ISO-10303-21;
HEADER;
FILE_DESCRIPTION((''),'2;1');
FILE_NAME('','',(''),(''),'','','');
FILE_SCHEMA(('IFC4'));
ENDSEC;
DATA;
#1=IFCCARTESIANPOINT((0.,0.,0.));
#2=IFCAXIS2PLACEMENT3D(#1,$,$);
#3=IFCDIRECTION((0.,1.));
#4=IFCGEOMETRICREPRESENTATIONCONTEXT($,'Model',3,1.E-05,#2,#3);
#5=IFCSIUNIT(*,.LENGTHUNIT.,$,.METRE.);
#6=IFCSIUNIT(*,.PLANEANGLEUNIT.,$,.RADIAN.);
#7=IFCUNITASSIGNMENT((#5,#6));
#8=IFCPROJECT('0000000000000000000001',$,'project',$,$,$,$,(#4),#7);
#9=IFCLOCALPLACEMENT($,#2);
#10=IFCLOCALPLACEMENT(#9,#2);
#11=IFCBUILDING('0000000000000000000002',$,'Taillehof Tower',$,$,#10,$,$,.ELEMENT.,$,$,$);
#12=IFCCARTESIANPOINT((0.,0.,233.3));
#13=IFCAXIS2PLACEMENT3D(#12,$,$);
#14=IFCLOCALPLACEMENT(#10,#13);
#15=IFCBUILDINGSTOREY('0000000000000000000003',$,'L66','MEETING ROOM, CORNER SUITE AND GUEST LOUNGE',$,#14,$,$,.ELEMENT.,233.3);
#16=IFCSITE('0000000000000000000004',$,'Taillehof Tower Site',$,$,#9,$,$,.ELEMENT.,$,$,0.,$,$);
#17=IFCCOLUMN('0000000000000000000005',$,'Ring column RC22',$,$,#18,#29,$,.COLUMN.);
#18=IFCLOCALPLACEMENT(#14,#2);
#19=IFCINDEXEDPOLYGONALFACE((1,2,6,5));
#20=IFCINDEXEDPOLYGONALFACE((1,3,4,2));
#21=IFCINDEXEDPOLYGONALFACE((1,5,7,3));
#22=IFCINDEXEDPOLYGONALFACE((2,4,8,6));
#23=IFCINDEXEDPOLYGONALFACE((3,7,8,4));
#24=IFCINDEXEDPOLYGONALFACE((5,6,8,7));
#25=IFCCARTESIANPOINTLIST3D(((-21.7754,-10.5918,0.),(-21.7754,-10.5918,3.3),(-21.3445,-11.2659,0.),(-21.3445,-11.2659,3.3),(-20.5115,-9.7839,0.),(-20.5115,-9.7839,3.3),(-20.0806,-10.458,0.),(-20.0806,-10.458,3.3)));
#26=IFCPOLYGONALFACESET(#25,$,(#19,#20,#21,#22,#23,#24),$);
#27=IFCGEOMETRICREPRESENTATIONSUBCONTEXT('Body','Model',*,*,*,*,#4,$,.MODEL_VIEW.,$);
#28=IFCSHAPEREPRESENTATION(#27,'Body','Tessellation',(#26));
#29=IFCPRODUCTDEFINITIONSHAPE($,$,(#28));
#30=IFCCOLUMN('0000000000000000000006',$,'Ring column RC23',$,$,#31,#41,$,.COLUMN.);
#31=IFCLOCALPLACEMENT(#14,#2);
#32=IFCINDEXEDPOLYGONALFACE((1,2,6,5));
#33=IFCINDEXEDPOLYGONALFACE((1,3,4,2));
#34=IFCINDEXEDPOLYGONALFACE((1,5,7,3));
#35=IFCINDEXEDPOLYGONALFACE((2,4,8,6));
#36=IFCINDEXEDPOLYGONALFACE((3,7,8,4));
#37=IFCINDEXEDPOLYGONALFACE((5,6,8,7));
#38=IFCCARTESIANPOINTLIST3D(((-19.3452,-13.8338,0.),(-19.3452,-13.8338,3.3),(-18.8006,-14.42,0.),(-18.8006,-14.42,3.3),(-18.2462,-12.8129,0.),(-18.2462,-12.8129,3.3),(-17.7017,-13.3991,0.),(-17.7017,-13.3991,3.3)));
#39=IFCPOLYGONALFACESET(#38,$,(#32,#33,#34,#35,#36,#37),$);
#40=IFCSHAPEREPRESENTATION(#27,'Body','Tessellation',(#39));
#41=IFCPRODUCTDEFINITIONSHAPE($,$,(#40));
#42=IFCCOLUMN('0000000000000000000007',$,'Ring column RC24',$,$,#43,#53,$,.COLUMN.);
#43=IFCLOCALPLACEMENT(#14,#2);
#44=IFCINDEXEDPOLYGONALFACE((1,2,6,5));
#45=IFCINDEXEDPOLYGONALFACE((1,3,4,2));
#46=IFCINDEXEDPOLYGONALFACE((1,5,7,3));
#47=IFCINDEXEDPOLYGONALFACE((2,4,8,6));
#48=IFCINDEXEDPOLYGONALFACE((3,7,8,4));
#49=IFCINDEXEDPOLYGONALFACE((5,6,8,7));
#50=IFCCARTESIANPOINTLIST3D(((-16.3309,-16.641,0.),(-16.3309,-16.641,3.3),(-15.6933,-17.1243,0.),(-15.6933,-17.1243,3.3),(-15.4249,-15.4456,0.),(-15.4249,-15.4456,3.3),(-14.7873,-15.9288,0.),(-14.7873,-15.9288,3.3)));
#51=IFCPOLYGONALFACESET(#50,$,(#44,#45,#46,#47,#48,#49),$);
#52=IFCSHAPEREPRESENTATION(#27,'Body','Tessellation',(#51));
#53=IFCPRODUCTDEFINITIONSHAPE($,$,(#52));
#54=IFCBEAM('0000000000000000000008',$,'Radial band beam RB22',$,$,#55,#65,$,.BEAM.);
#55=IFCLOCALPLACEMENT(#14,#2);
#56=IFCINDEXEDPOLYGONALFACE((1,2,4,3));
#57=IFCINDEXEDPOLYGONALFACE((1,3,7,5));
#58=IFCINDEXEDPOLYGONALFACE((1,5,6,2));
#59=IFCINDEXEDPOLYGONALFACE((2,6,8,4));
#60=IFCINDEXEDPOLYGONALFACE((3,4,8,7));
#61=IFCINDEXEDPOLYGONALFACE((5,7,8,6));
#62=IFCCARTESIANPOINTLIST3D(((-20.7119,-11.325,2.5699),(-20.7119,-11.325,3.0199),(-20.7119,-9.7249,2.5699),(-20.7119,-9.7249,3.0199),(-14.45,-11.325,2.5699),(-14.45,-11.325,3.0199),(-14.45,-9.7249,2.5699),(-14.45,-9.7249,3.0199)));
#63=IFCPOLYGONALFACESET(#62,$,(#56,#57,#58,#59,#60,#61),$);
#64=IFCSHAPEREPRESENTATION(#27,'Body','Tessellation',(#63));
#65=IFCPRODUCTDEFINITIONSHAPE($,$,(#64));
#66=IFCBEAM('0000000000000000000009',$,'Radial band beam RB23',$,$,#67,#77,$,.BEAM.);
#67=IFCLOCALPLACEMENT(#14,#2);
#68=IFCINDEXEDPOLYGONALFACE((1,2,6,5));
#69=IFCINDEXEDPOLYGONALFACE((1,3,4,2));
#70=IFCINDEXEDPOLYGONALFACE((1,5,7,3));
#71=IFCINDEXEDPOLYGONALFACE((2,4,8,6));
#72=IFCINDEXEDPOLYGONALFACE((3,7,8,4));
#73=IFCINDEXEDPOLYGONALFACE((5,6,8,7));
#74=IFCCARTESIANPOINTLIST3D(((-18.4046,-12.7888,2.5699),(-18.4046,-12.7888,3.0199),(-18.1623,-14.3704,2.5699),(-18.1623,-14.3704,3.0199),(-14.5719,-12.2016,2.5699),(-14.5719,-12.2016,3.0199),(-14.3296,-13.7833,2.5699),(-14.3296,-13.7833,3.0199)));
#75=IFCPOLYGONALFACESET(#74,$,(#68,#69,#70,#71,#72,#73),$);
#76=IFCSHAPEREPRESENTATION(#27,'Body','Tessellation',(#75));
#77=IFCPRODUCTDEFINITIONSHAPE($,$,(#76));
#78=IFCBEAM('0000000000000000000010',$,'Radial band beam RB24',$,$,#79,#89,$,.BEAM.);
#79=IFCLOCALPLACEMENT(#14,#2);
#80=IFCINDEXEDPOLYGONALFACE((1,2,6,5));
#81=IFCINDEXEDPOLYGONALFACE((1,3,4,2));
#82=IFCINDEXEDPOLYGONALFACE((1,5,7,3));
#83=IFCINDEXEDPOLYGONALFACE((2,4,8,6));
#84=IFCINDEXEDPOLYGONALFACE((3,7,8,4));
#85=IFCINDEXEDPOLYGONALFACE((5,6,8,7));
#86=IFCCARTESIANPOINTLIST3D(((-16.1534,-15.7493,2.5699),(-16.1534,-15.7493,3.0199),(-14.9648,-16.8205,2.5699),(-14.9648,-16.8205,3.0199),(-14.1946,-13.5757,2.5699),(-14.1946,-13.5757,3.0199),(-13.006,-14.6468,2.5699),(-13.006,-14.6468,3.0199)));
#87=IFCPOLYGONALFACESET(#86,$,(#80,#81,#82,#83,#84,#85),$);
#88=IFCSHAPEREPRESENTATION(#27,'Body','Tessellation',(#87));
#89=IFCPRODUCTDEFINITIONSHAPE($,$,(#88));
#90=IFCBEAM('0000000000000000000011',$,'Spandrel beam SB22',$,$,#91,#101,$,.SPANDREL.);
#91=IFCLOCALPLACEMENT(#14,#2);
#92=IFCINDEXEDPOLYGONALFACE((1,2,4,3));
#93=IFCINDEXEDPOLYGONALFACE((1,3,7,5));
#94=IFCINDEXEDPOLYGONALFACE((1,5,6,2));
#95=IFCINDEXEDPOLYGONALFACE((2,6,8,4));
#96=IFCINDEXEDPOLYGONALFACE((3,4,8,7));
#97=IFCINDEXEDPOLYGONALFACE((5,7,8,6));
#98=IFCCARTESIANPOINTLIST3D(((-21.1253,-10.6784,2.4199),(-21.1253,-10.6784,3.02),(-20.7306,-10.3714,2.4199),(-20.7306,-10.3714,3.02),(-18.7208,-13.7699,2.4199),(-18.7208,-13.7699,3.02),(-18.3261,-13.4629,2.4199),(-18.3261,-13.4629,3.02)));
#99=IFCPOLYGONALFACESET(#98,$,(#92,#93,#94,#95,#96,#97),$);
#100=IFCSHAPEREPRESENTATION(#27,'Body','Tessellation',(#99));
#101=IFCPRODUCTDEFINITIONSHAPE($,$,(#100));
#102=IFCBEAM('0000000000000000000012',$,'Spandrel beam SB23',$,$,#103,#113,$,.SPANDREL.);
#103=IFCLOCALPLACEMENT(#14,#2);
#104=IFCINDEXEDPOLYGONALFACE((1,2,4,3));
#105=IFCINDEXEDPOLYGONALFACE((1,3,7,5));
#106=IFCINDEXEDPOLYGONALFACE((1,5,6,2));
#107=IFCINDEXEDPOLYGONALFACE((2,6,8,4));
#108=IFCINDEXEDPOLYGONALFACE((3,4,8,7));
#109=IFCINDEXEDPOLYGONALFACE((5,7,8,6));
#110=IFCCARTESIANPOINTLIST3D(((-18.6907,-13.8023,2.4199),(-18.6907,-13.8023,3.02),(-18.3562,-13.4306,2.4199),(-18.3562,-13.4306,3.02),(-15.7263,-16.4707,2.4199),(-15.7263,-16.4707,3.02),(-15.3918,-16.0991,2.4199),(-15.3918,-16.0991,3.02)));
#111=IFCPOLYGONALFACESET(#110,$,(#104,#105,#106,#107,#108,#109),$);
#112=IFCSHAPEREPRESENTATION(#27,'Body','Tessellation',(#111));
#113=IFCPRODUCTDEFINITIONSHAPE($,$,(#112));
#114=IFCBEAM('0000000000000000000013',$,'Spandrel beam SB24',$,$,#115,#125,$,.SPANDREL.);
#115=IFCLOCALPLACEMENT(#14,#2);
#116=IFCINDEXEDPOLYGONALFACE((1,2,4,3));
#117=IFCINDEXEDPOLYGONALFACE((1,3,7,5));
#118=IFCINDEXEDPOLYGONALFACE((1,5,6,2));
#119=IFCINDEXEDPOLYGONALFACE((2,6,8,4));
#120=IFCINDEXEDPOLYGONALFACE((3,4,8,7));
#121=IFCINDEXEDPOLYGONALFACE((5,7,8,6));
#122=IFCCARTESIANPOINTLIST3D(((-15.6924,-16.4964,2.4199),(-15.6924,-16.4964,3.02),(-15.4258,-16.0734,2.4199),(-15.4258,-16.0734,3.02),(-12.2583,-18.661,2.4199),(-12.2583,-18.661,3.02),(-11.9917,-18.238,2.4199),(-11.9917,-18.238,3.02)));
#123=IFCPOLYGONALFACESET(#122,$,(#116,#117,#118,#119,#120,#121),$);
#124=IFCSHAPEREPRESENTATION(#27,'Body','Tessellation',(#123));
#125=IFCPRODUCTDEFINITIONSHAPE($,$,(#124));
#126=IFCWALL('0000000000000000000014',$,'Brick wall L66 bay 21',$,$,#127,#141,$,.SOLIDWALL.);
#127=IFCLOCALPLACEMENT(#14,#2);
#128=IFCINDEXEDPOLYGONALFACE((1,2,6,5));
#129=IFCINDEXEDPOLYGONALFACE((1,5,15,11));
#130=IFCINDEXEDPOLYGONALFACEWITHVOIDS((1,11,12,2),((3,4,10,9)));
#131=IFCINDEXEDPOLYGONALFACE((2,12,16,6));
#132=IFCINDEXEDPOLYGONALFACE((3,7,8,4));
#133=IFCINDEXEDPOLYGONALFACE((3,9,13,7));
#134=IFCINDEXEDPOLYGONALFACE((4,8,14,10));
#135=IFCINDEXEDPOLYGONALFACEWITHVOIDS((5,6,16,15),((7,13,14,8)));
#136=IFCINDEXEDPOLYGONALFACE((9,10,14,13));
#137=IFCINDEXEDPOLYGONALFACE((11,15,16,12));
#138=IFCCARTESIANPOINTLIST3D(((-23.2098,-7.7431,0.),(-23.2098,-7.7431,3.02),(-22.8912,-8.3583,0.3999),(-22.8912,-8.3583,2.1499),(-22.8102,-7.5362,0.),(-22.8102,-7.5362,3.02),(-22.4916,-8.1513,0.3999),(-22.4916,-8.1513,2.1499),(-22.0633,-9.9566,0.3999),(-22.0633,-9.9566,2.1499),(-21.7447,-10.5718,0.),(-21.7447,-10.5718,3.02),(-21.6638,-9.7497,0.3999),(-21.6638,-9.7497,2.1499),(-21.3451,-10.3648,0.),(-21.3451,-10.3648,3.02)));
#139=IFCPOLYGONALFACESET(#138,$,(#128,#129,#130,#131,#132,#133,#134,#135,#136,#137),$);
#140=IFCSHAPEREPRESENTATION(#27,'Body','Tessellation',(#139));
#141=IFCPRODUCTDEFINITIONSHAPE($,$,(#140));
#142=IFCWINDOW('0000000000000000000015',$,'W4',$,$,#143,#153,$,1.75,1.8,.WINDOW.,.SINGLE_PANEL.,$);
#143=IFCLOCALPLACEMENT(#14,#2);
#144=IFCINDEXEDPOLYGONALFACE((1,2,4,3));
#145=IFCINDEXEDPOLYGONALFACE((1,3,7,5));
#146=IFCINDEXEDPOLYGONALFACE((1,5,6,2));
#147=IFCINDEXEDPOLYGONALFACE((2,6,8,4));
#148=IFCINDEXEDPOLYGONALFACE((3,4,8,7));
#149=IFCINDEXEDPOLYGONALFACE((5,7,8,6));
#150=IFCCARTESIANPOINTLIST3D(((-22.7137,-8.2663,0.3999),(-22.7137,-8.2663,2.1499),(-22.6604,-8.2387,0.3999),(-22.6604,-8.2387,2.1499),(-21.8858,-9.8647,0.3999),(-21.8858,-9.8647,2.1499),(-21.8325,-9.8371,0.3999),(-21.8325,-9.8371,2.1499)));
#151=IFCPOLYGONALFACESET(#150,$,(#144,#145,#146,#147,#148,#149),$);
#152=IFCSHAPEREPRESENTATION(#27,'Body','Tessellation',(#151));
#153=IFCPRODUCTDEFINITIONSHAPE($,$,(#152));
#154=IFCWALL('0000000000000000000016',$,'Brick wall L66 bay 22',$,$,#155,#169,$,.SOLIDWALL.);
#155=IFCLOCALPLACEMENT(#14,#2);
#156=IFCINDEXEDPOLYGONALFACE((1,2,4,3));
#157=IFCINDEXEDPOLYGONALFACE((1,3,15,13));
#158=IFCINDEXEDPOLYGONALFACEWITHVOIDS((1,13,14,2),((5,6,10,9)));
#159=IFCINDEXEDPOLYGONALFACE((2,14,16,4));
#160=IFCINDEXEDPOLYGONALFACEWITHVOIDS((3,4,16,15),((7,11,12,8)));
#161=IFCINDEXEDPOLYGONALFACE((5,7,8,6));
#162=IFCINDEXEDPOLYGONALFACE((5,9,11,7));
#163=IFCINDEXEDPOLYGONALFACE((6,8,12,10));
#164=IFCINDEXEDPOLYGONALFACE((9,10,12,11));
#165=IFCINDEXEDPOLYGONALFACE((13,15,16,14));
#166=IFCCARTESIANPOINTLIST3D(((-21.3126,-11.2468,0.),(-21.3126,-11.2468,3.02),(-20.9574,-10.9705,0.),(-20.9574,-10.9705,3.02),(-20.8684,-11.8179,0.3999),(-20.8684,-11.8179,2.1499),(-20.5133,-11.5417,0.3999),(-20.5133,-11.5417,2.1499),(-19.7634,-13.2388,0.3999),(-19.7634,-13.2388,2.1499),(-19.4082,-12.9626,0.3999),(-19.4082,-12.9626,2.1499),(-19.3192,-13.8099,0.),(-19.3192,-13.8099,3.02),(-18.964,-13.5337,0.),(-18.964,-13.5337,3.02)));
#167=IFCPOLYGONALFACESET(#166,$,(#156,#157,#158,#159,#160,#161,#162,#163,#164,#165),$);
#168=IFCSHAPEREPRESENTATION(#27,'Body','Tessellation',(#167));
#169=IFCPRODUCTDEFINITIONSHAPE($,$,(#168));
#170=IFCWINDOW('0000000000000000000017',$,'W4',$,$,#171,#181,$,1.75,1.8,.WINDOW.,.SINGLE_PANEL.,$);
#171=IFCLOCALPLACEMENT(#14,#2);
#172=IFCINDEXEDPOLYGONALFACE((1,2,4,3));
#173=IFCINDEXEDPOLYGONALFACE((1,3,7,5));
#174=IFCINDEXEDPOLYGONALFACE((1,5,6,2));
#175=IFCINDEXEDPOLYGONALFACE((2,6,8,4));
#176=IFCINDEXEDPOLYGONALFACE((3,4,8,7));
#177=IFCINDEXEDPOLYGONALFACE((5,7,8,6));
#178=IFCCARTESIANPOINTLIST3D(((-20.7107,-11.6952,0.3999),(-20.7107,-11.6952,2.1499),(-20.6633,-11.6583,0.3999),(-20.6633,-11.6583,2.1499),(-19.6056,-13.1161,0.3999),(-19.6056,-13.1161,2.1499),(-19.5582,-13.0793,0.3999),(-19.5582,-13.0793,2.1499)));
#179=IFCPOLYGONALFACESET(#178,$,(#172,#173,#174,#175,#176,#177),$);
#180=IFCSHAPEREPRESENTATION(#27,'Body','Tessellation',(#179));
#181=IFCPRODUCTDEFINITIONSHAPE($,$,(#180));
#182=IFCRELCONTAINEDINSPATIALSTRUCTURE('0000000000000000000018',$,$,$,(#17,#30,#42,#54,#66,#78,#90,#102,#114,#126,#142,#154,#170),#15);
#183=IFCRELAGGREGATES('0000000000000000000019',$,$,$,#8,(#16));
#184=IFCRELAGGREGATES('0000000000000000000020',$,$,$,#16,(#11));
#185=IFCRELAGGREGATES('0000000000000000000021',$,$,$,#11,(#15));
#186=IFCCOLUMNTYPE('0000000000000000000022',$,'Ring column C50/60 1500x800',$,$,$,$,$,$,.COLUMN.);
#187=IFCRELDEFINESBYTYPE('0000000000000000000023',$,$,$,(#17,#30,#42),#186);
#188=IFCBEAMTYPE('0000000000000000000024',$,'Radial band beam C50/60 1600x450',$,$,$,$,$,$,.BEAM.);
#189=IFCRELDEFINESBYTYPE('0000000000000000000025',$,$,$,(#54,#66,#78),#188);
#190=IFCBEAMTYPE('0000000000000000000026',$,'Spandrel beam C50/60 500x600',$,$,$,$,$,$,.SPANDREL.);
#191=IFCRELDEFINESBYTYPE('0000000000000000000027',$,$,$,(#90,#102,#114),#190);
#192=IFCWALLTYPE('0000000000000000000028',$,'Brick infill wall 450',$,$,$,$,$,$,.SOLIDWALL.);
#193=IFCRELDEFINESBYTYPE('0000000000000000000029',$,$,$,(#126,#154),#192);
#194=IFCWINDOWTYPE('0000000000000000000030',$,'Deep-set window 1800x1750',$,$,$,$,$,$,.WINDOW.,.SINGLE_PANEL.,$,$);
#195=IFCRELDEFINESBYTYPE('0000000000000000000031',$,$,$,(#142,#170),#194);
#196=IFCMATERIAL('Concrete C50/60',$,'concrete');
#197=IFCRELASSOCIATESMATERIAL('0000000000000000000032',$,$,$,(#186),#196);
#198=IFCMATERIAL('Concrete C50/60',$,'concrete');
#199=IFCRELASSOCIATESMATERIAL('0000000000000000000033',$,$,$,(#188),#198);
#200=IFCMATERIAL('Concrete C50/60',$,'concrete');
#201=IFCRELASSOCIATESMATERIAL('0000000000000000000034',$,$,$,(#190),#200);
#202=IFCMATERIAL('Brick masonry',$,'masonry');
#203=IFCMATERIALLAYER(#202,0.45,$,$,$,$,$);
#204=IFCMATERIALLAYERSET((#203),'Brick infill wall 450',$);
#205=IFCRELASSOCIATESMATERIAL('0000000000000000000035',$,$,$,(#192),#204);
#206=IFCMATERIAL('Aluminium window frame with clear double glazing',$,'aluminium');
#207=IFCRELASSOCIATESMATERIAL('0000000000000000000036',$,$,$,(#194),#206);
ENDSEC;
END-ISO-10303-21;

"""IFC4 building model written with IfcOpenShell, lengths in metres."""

from ifc_helpers import new_model, si_unit, direction, frame, frame_2d, origin, origin_2d, place, context, subcontext, project, spatial, rectangle, extrude, material, layer, layer_set, material_profile, profile_set, type_object, element, fill, save


model = new_model("IFC4")

# Units and contexts
model_context = context("Model", 3, precision=1e-05, world=origin(), true_north=direction((0.0, 1.0)))
body_context = subcontext(model_context, "Body", "Model", "MODEL_VIEW")
ifc_project = project(units=[si_unit("LENGTHUNIT", "METRE"), si_unit("PLANEANGLEUNIT", "RADIAN")], contexts=[model_context])

# Site, building, storey
site_placement = place(None, origin())
site = spatial("IfcSite", under=ifc_project, at=site_placement, Name="Taillehof Tower Site", CompositionType="ELEMENT", RefElevation=0.0)
building_placement = place(site_placement, origin())
building = spatial("IfcBuilding", under=site, at=building_placement, Name="Taillehof Tower", CompositionType="ELEMENT")
storey_placement = place(building_placement, frame((0.0, 0.0, 233.3)))
storey = spatial("IfcBuildingStorey", under=building, at=storey_placement, Name="L66", Description="MEETING ROOM, CORNER SUITE AND GUEST LOUNGE", CompositionType="ELEMENT", Elevation=233.3)

# Columns
ifc_material_1 = material(Name="Concrete C50/60", Category="concrete")
ifc_material_profile_1 = material_profile(ifc_material_1, rectangle(XDim=1.5, YDim=0.8, at=origin_2d()), Name="RC 1500x800")
ifc_profile_set_1 = profile_set([ifc_material_profile_1], Name="Concrete C50/60")
column_type = type_object("IfcColumnType", Name="Ring column C50/60 1500x800", PredefinedType="COLUMN", material=ifc_profile_set_1)
for number, where, z_axis, x_axis, name in (
    (1, (-20.928, -10.5249, 0.0), (0.0, 0.0, 1.0), (-0.842574, -0.538581, 0.0), "Ring column RC22"),
    (2, (-18.5234, -13.6165, 0.0), (0.0, 0.0, 1.0), (-0.732636, -0.680621, 0.0), "Ring column RC23"),
    (3, (-15.5591, -16.2849, 0.0), (0.0, 0.0, 1.0), (-0.60402, -0.796969, 0.0), "Ring column RC24"),
):
    element("IfcColumn", number, at=place(storey_placement, frame(where, z_axis=z_axis, x_axis=x_axis)), inside=storey, type_object=column_type, Name=name, PredefinedType="COLUMN", context=body_context, shape_type="SweptSolid", body=[
        extrude(rectangle(XDim=1.5, YDim=0.8, at=origin_2d()), origin(), (0.0, 0.0, 1.0), 3.3),
    ])

# Beams
ifc_material_2 = material(Name="Concrete C50/60", Category="concrete")
ifc_material_profile_2 = material_profile(ifc_material_2, rectangle(XDim=1.6001, YDim=0.45, at=origin_2d()), Name="RC 1600x450")
ifc_profile_set_2 = profile_set([ifc_material_profile_2], Name="Concrete C50/60")
beam_type_1 = type_object("IfcBeamType", Name="Radial band beam C50/60 1600x450", PredefinedType="BEAM", material=ifc_profile_set_2)
beam_1_placement = place(storey_placement, frame((-20.7119, -10.5249, 2.7949), z_axis=(1.0, 0.0, 0.0), x_axis=(0.0, 1.0, 0.0)))
element("IfcBeam", 4, at=beam_1_placement, inside=storey, type_object=beam_type_1, Name="Radial band beam RB22", PredefinedType="BEAM", context=body_context, shape_type="SweptSolid", body=[
    extrude(rectangle(XDim=1.6001, YDim=0.45, at=origin_2d()), origin(), (0.0, 0.0, 1.0), 6.262),
])
beam_2_placement = place(storey_placement, frame((-18.2834, -13.5796, 2.7949), z_axis=(0.988468, 0.151428, 0.0), x_axis=(-0.151428, 0.988468, 0.0)))
element("IfcBeam", 5, at=beam_2_placement, inside=storey, type_object=beam_type_1, Name="Radial band beam RB23", PredefinedType="BEAM", context=body_context, shape_type="SweptSolid", body=[
    extrude(rectangle(XDim=1.6001, YDim=0.45, at=origin_2d()), origin(), (0.0, 0.0, 1.0), 3.8774),
])
beam_3_placement = place(storey_placement, frame((-15.5591, -16.2849, 2.7949), z_axis=(0.669439, 0.742867, 0.0), x_axis=(-0.742867, 0.669439, 0.0)))
element("IfcBeam", 6, at=beam_3_placement, inside=storey, type_object=beam_type_1, Name="Radial band beam RB24", PredefinedType="BEAM", context=body_context, shape_type="SweptSolid", body=[
    extrude(rectangle(XDim=1.6001, YDim=0.45, at=origin_2d()), origin(), (0.0, 0.0, 1.0), 2.926),
])
ifc_material_3 = material(Name="Concrete C50/60", Category="concrete")
ifc_material_profile_3 = material_profile(ifc_material_3, rectangle(XDim=0.5, YDim=0.6001, at=origin_2d()), Name="RC 500x600")
ifc_profile_set_3 = profile_set([ifc_material_profile_3], Name="Concrete C50/60")
beam_type_2 = type_object("IfcBeamType", Name="Spandrel beam C50/60 500x600", PredefinedType="SPANDREL", material=ifc_profile_set_3)
beam_4_placement = place(storey_placement, frame((-20.928, -10.5249, 2.72), z_axis=(0.613941, -0.789352, 0.0), x_axis=(0.789352, 0.613941, 0.0)))
element("IfcBeam", 7, at=beam_4_placement, inside=storey, type_object=beam_type_2, Name="Spandrel beam SB22", PredefinedType="SPANDREL", context=body_context, shape_type="SweptSolid", body=[
    extrude(rectangle(XDim=0.5, YDim=0.6001, at=origin_2d()), origin(), (0.0, 0.0, 1.0), 3.9165),
])
beam_5_placement = place(storey_placement, frame((-18.5234, -13.6165, 2.72), z_axis=(0.743227, -0.669039, 0.0), x_axis=(0.669039, 0.743227, 0.0)))
element("IfcBeam", 8, at=beam_5_placement, inside=storey, type_object=beam_type_2, Name="Spandrel beam SB23", PredefinedType="SPANDREL", context=body_context, shape_type="SweptSolid", body=[
    extrude(rectangle(XDim=0.5, YDim=0.6001, at=origin_2d()), origin(), (0.0, 0.0, 1.0), 3.9885),
])
beam_6_placement = place(storey_placement, frame((-15.5591, -16.2849, 2.72), z_axis=(0.845972, -0.533228, 0.0), x_axis=(0.533228, 0.845972, 0.0)))
element("IfcBeam", 9, at=beam_6_placement, inside=storey, type_object=beam_type_2, Name="Spandrel beam SB24", PredefinedType="SPANDREL", context=body_context, shape_type="SweptSolid", body=[
    extrude(rectangle(XDim=0.5, YDim=0.6001, at=origin_2d()), origin(), (0.0, 0.0, 1.0), 4.0593),
])

# Walls, openings, windows
ifc_material_4 = material(Name="Brick masonry", Category="masonry")
ifc_layer_1 = layer(ifc_material_4, 0.45)
ifc_layer_set_1 = layer_set([ifc_layer_1], Name="Brick infill wall 450")
wall_type_1 = type_object("IfcWallType", Name="Brick infill wall 450", PredefinedType="SOLIDWALL", material=ifc_layer_set_1)
wall_1_placement = place(storey_placement, frame((-23.01, -7.6396, 0.0), z_axis=(0.0, 0.0, 1.0), x_axis=(0.459921, -0.88796, 0.0)))
wall_1 = element("IfcWall", 10, at=wall_1_placement, inside=storey, type_object=wall_type_1, Name="Brick wall L66 bay 21", PredefinedType="SOLIDWALL", context=body_context, shape_type="SweptSolid", body=[
    extrude(rectangle(XDim=3.1855, YDim=0.45, at=frame_2d((1.5928, 0.0))), origin(), (0.0, 0.0, 1.0), 3.02),
])
opening_1_placement = place(wall_1_placement, frame((0.6929, 0.0, 0.3999)))
opening_1 = element("IfcOpeningElement", 11, at=opening_1_placement, cuts=wall_1, PredefinedType="OPENING", context=body_context, shape_type="SweptSolid", body=[
    extrude(rectangle(XDim=1.8, YDim=1.75, at=frame_2d((0.8999, 0.875))), frame((0.0, 0.2349, 0.0), z_axis=(0.0, -1.0, 0.0), x_axis=(1.0, 0.0, 0.0)), (0.0, 0.0, 1.0), 0.47),
])
ifc_material_5 = material(Name="Aluminium window frame with clear double glazing", Category="aluminium")
window_type = type_object("IfcWindowType", Name="Deep-set window 1800x1750", PartitioningType="SINGLE_PANEL", PredefinedType="WINDOW", material=ifc_material_5)
window_1_placement = place(opening_1_placement, origin())
window_1 = element("IfcWindow", 12, at=window_1_placement, inside=storey, type_object=window_type, Name="W4", OverallHeight=1.75, OverallWidth=1.8, PartitioningType="SINGLE_PANEL", PredefinedType="WINDOW", context=body_context, shape_type="SweptSolid", body=[
    extrude(rectangle(XDim=1.8, YDim=1.75, at=frame_2d((0.8999, 0.875))), frame((0.0, 0.0349, 0.0), z_axis=(0.0, -1.0, 0.0), x_axis=(1.0, 0.0, 0.0)), (0.0, 0.0, 1.0), 0.0601),
])
fill(opening_1, window_1)
wall_2_placement = place(storey_placement, frame((-21.135, -11.1086, 0.0), z_axis=(0.0, 0.0, 1.0), x_axis=(0.613899, -0.789385, 0.0)))
wall_2 = element("IfcWall", 13, at=wall_2_placement, inside=storey, type_object=wall_type_1, Name="Brick wall L66 bay 22", PredefinedType="SOLIDWALL", context=body_context, shape_type="SweptSolid", body=[
    extrude(rectangle(XDim=3.2471, YDim=0.45, at=frame_2d((1.6235, 0.0))), origin(), (0.0, 0.0, 1.0), 3.02),
])
opening_2_placement = place(wall_2_placement, frame((0.7236, 0.0, 0.3999)))
opening_2 = element("IfcOpeningElement", 14, at=opening_2_placement, cuts=wall_2, PredefinedType="OPENING", context=body_context, shape_type="SweptSolid", body=[
    extrude(rectangle(XDim=1.8, YDim=1.75, at=frame_2d((0.8999, 0.875))), frame((0.0, 0.2349, 0.0), z_axis=(0.0, -1.0, 0.0), x_axis=(1.0, 0.0, 0.0)), (0.0, 0.0, 1.0), 0.47),
])
window_2_placement = place(opening_2_placement, origin())
window_2 = element("IfcWindow", 15, at=window_2_placement, inside=storey, type_object=window_type, Name="W4", OverallHeight=1.75, OverallWidth=1.8, PartitioningType="SINGLE_PANEL", PredefinedType="WINDOW", context=body_context, shape_type="SweptSolid", body=[
    extrude(rectangle(XDim=1.8, YDim=1.75, at=frame_2d((0.8999, 0.875))), frame((0.0, 0.0349, 0.0), z_axis=(0.0, -1.0, 0.0), x_axis=(1.0, 0.0, 0.0)), (0.0, 0.0, 1.0), 0.0601),
])
fill(opening_2, window_2)

save(model, "model.ifc")
